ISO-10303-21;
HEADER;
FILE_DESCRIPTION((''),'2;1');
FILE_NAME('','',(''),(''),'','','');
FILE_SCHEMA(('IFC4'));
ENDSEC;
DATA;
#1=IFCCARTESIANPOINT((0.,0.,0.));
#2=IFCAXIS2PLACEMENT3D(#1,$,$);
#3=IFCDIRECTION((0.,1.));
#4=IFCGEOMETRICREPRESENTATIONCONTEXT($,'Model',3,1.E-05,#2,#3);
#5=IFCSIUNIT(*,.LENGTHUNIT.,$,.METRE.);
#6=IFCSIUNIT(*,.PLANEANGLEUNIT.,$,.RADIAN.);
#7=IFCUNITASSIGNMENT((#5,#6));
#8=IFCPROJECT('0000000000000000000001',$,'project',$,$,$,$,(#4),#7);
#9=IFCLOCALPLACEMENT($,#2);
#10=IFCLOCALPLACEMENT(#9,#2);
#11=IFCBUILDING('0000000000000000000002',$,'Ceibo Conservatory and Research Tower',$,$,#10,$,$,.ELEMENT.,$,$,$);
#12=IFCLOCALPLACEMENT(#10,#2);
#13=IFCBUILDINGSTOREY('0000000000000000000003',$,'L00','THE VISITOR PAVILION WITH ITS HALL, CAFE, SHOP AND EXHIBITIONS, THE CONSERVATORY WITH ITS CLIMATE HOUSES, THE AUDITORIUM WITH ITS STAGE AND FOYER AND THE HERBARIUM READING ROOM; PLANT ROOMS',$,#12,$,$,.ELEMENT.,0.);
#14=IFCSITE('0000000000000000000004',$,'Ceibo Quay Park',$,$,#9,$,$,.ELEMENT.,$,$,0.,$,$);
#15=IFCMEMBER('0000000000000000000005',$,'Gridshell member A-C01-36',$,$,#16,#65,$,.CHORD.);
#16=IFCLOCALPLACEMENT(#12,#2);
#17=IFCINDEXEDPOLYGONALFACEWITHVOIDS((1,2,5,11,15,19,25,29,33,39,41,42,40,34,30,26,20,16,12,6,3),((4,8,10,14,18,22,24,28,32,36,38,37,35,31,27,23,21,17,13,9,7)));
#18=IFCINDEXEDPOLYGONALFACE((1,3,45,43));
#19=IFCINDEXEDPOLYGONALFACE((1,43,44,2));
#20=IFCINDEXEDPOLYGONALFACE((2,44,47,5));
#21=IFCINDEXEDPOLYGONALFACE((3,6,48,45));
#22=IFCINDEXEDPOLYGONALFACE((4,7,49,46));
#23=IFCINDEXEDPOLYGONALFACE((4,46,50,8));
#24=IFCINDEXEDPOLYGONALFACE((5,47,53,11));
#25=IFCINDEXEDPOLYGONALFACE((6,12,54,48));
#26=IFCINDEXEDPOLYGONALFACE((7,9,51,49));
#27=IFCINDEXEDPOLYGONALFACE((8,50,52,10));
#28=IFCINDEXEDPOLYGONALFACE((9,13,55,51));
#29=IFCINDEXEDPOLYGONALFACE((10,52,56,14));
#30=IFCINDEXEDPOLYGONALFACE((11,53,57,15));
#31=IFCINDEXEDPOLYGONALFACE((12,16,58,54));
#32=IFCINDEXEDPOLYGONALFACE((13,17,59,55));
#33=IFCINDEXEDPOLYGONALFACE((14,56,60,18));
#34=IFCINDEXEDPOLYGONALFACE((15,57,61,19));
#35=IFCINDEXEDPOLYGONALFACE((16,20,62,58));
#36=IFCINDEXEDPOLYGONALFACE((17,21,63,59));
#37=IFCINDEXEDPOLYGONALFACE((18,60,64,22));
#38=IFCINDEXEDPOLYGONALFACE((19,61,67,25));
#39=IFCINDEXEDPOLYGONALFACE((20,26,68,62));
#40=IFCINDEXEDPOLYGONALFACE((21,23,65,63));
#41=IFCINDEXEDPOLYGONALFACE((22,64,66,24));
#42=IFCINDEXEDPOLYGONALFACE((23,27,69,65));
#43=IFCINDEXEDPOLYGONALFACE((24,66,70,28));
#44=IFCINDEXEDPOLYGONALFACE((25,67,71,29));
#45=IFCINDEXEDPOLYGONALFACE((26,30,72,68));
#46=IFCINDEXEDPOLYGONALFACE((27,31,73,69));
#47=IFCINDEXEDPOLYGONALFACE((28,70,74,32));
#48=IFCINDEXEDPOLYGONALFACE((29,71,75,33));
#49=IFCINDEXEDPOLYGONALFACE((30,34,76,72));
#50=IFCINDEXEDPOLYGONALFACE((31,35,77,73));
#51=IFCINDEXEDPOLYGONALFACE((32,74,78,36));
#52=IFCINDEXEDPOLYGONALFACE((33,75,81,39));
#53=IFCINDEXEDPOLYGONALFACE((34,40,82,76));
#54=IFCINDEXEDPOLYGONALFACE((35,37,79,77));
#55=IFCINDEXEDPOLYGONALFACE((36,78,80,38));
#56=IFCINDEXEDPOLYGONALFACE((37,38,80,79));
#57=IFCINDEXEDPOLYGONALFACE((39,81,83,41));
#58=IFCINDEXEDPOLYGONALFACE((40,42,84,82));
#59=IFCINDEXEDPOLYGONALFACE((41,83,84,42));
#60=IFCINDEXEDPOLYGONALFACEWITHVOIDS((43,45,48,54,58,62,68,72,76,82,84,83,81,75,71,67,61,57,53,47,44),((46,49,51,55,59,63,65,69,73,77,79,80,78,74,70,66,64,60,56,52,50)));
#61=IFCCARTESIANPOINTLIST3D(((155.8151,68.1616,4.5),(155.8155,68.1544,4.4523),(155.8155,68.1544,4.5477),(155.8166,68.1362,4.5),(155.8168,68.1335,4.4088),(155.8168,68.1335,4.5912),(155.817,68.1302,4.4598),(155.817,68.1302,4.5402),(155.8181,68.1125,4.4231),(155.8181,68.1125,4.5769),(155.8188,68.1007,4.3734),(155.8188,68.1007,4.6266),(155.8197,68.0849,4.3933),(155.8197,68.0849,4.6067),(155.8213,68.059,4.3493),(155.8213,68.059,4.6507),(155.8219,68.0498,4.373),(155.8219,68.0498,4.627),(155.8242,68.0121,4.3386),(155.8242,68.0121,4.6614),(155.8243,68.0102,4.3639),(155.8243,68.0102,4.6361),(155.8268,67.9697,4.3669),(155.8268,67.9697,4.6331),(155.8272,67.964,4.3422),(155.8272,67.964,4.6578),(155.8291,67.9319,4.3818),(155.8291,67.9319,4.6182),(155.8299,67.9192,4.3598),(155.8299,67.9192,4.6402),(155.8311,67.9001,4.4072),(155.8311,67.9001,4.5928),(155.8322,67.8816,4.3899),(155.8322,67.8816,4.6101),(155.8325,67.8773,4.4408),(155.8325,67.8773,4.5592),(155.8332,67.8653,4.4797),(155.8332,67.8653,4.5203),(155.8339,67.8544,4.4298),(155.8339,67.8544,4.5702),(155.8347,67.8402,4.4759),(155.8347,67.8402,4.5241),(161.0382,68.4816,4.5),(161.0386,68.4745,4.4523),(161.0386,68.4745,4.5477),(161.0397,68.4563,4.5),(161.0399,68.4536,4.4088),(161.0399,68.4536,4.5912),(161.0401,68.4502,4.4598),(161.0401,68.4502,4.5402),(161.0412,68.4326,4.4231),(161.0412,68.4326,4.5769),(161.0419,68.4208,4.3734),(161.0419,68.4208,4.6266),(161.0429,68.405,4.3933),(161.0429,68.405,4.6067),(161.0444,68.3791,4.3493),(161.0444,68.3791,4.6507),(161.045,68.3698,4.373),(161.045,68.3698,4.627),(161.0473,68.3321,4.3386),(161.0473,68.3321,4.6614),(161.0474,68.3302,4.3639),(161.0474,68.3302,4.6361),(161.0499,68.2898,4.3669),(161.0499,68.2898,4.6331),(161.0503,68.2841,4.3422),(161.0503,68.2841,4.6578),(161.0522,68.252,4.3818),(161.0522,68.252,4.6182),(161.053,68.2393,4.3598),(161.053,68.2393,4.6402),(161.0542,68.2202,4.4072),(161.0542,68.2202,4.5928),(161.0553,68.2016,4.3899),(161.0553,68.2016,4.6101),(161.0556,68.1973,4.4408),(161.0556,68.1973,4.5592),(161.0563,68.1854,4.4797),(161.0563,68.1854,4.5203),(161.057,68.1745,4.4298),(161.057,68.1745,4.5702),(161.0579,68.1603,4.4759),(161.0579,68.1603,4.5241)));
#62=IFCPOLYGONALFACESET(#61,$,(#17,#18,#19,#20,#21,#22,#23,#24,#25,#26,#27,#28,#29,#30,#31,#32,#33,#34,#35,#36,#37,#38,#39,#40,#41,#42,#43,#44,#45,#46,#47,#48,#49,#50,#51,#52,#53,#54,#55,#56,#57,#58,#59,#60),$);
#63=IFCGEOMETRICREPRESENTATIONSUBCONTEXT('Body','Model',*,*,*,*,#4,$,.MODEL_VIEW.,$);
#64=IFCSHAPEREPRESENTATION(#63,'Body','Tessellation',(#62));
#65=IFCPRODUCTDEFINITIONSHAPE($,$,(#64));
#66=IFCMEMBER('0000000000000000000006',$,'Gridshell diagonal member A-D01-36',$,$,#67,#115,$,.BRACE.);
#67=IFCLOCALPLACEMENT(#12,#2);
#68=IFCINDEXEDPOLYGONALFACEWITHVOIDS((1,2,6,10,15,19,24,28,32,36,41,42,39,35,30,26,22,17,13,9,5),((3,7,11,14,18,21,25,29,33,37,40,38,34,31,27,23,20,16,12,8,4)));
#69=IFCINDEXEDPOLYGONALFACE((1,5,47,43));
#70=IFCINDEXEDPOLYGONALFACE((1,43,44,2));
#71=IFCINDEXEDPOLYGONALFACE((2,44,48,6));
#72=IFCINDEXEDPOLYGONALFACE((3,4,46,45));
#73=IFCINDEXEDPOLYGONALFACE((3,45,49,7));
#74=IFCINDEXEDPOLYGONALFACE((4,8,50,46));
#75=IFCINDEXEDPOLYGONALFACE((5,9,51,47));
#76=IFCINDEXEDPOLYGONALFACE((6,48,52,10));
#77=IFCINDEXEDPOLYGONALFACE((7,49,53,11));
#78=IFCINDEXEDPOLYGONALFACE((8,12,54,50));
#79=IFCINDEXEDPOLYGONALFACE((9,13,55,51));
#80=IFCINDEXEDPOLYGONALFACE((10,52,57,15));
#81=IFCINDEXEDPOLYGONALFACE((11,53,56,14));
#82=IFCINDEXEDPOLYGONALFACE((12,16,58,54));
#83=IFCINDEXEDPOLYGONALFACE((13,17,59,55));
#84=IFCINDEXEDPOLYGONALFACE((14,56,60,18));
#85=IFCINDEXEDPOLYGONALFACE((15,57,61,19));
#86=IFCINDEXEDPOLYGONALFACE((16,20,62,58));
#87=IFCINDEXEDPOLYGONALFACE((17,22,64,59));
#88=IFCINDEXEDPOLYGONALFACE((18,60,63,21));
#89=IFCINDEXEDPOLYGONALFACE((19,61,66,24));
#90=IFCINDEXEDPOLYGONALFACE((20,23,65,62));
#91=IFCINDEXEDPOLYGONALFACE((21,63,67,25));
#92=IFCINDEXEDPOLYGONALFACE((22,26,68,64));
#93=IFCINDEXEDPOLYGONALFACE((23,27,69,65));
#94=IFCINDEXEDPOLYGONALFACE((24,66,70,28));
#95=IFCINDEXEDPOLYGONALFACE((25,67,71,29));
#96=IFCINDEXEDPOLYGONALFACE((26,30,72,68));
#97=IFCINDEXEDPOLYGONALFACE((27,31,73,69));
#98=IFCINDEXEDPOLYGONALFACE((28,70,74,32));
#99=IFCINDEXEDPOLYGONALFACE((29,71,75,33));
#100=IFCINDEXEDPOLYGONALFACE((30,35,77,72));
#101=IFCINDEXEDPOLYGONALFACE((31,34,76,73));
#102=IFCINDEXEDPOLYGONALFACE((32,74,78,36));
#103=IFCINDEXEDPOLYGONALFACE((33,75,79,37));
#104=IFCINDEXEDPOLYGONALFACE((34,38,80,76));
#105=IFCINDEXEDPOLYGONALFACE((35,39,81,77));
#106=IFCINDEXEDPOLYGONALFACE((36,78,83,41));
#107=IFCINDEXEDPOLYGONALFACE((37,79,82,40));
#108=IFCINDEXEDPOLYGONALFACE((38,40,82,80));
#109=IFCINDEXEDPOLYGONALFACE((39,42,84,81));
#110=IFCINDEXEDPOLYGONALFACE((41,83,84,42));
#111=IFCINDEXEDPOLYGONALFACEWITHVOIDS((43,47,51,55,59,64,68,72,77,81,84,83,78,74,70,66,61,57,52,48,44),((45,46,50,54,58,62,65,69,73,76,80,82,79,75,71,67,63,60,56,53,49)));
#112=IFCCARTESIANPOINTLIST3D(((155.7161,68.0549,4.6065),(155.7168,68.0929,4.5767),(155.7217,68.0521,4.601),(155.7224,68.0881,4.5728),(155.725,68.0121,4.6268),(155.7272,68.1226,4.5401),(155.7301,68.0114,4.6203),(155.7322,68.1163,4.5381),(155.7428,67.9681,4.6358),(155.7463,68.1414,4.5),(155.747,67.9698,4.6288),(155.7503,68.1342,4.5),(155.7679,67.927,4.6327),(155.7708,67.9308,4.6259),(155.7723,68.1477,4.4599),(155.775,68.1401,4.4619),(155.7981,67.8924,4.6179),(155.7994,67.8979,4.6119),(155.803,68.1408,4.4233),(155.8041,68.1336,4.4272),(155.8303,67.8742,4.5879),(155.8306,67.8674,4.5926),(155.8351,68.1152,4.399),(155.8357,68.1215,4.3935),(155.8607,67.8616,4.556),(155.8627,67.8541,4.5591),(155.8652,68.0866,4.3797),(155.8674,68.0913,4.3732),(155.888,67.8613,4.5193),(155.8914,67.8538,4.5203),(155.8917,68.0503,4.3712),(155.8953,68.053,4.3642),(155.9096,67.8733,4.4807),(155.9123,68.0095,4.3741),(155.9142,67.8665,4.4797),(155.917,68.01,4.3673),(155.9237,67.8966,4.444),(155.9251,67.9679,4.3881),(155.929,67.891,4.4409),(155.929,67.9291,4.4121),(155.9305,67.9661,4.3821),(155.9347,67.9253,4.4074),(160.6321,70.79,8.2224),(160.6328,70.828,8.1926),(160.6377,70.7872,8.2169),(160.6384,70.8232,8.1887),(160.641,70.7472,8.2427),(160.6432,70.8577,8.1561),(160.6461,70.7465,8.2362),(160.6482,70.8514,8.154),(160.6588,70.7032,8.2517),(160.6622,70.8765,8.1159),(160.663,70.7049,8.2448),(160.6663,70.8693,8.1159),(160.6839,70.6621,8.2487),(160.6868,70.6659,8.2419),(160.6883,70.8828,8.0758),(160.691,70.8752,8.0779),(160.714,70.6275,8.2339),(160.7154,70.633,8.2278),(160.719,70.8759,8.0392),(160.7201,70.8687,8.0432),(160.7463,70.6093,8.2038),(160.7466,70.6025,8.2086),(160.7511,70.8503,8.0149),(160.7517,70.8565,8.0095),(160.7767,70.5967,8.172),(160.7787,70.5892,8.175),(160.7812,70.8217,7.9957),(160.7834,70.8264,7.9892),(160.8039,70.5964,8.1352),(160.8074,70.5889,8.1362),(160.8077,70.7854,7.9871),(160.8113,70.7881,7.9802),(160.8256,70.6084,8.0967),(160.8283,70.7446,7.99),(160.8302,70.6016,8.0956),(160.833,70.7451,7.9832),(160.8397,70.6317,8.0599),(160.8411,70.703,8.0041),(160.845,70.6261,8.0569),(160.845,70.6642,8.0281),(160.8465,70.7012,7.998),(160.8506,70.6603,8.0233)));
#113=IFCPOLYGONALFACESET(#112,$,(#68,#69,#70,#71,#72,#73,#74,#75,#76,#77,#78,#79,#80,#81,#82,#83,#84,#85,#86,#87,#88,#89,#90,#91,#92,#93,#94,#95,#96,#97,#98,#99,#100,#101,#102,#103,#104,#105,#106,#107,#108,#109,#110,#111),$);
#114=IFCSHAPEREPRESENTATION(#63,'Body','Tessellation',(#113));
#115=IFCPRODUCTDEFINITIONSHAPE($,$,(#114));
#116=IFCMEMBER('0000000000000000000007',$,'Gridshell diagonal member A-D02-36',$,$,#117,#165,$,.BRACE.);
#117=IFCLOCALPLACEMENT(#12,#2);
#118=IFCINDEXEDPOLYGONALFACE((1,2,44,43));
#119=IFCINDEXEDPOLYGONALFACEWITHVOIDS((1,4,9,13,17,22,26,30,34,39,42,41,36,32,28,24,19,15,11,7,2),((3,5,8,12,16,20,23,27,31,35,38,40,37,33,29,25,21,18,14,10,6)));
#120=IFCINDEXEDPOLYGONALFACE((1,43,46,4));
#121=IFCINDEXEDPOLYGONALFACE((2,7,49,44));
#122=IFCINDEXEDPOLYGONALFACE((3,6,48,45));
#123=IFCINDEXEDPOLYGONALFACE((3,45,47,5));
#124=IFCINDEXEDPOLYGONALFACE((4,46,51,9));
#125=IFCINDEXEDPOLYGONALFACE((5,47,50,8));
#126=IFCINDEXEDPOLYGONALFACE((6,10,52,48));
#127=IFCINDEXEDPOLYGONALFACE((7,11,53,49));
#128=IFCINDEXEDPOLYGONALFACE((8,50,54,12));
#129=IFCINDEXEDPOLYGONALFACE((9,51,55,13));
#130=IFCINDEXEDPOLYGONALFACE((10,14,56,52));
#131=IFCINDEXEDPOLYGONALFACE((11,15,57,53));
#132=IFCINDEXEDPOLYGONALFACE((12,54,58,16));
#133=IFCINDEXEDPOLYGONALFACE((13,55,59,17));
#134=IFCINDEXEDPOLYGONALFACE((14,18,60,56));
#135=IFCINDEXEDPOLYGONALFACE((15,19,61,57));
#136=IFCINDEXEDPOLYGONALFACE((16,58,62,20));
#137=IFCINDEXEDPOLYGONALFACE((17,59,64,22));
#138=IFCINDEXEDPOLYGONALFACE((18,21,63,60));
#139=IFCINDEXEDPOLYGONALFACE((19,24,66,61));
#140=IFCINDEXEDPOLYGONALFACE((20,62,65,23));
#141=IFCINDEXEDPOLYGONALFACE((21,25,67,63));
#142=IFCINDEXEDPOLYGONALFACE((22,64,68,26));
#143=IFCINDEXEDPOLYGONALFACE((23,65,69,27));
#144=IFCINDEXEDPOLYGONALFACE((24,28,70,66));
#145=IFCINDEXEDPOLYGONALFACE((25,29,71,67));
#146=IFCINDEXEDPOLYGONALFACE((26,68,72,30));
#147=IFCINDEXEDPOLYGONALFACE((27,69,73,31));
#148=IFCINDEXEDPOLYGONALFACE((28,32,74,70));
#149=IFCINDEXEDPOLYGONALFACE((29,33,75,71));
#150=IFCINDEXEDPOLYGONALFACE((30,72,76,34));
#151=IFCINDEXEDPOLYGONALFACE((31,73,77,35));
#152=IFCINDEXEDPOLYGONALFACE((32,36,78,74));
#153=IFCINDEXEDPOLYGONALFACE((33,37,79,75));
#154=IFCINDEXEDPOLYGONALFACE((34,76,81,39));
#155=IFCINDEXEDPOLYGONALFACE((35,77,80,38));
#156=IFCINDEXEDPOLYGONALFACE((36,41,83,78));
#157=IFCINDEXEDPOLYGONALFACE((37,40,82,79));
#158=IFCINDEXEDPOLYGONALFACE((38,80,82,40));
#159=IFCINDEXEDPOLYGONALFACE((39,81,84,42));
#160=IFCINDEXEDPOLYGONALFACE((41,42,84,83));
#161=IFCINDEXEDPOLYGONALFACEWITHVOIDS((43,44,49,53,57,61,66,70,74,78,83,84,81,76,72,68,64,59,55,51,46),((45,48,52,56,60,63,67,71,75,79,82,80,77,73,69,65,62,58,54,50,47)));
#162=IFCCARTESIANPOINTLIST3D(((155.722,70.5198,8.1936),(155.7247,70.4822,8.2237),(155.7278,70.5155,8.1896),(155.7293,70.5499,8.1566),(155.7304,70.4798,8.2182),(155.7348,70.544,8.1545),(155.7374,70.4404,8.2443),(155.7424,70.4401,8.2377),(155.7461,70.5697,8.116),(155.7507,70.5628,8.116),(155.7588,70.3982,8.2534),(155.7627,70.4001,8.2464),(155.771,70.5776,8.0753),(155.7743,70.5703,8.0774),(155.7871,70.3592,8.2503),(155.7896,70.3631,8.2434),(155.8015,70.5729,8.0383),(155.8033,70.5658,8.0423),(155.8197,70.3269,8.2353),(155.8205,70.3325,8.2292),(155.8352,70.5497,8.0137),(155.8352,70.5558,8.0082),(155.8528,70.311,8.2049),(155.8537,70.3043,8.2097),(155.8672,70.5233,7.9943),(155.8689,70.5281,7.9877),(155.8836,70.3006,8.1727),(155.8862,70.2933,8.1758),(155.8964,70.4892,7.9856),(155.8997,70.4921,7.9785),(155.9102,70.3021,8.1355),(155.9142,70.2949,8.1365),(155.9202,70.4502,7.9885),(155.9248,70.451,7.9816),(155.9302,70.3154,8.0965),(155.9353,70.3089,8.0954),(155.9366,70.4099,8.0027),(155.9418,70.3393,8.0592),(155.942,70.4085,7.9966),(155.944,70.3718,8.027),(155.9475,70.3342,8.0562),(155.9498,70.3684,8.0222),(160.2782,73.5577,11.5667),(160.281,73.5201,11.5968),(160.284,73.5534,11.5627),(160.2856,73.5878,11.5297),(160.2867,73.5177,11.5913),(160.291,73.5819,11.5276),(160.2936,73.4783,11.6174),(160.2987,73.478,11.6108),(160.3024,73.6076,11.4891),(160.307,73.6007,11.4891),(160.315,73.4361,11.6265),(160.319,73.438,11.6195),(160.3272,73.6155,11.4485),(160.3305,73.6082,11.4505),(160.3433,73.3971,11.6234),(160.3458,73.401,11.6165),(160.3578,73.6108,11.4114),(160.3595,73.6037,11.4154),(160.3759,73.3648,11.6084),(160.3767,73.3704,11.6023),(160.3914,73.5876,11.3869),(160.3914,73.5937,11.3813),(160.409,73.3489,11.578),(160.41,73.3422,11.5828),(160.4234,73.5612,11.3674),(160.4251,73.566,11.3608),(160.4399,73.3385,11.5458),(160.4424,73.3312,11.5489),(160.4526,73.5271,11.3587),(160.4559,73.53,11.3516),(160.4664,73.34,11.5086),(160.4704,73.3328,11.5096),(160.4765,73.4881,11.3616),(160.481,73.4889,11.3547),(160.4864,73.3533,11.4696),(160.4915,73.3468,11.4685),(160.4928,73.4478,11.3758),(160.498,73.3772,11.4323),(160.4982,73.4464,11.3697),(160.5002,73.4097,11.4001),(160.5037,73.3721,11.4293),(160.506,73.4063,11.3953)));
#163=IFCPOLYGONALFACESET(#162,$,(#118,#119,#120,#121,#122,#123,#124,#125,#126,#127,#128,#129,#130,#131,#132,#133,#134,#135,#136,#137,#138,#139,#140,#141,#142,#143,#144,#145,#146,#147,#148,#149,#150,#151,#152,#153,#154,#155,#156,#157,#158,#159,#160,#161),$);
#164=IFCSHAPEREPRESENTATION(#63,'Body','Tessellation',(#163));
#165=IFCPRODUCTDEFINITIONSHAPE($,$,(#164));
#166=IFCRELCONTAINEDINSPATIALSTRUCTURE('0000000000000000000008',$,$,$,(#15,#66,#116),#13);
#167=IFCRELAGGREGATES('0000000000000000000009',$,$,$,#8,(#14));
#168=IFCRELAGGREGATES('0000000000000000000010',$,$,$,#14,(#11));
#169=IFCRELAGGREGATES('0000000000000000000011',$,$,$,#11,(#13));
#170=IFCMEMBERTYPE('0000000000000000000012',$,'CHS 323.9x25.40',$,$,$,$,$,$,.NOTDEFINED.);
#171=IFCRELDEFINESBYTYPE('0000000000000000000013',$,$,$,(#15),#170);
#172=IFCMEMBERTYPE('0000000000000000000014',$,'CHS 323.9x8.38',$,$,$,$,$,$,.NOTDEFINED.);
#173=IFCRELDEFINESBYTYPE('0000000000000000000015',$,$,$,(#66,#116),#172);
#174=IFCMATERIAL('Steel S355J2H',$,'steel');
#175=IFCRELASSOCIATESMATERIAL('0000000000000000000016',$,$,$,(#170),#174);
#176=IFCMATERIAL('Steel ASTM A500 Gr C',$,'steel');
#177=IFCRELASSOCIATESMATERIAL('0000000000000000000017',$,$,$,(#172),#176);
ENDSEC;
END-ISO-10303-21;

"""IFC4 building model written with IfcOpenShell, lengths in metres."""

from ifc_helpers import new_model, si_unit, direction, frame, origin, origin_2d, place, context, subcontext, project, spatial, hollow_circle, extrude, material, material_profile, profile_set, type_object, element, save


model = new_model("IFC4")

# Units and contexts
model_context = context("Model", 3, precision=1e-05, world=origin(), true_north=direction((0.0, 1.0)))
body_context = subcontext(model_context, "Body", "Model", "MODEL_VIEW")
ifc_project = project(units=[si_unit("LENGTHUNIT", "METRE"), si_unit("PLANEANGLEUNIT", "RADIAN")], contexts=[model_context])

# Site, building, storey
site_placement = place(None, origin())
site = spatial("IfcSite", under=ifc_project, at=site_placement, Name="Ceibo Quay Park", CompositionType="ELEMENT", RefElevation=0.0)
building_placement = place(site_placement, origin())
building = spatial("IfcBuilding", under=site, at=building_placement, Name="Ceibo Conservatory and Research Tower", CompositionType="ELEMENT")
storey_placement = place(building_placement, origin())
storey = spatial("IfcBuildingStorey", under=building, at=storey_placement, Name="L00", Description="THE VISITOR PAVILION WITH ITS HALL, CAFE, SHOP AND EXHIBITIONS, THE CONSERVATORY WITH ITS CLIMATE HOUSES, THE AUDITORIUM WITH ITS STAGE AND FOYER AND THE HERBARIUM READING ROOM; PLANT ROOMS", CompositionType="ELEMENT", Elevation=0.0)

# Members
ifc_material_1 = material(Name="Steel ASTM A500 Gr C", Category="steel")
ifc_material_2 = material(Name="Steel S355J2H", Category="steel")
ifc_material_profile_1 = material_profile(ifc_material_2, hollow_circle(Radius=0.1619, WallThickness=0.0254, at=origin_2d()), Name="CHS 323.9x25.40")
ifc_profile_set_1 = profile_set([ifc_material_profile_1], Name="Steel S355J2H")
member_type_1 = type_object("IfcMemberType", Name="CHS 323.9x25.40", PredefinedType="NOTDEFINED", material=ifc_profile_set_1)
member_1_placement = place(storey_placement, frame((155.825, 68.0, 4.5), z_axis=(0.998128, 0.061164, 0.0), x_axis=(-0.061164, 0.998128, 0.0)))
element("IfcMember", 1, at=member_1_placement, inside=storey, type_object=member_type_1, Name="Gridshell member A-C01-36", PredefinedType="CHORD", context=body_context, shape_type="SweptSolid", body=[
    extrude(hollow_circle(Radius=0.1619, WallThickness=0.0254, at=origin_2d()), origin(), (0.0, 0.0, 1.0), 5.2329),
])
ifc_material_profile_2 = material_profile(ifc_material_1, hollow_circle(Radius=0.1619, WallThickness=0.0083, at=origin_2d()), Name="CHS 323.9x8.38")
ifc_profile_set_2 = profile_set([ifc_material_profile_2], Name="Steel ASTM A500 Gr C")
member_type_2 = type_object("IfcMemberType", Name="CHS 323.9x8.38", PredefinedType="NOTDEFINED", material=ifc_profile_set_2)
member_2_placement = place(storey_placement, frame((155.825, 68.0, 4.5), z_axis=(0.7351, 0.408985, 0.540702), x_axis=(-0.486184, 0.873856, 0.0)))
element("IfcMember", 2, at=member_2_placement, inside=storey, type_object=member_type_2, Name="Gridshell diagonal member A-D01-36", PredefinedType="BRACE", context=body_context, shape_type="SweptSolid", body=[
    extrude(hollow_circle(Radius=0.1619, WallThickness=0.0083, at=origin_2d()), origin(), (0.0, 0.0, 1.0), 6.6875),
])
member_3_placement = place(storey_placement, frame((155.8359, 70.4351, 8.116), z_axis=(0.70841, 0.472337, 0.524456), x_axis=(-0.554752, 0.832016, 0.0)))
element("IfcMember", 3, at=member_3_placement, inside=storey, type_object=member_type_2, Name="Gridshell diagonal member A-D02-36", PredefinedType="BRACE", context=body_context, shape_type="SweptSolid", body=[
    extrude(hollow_circle(Radius=0.1619, WallThickness=0.0083, at=origin_2d()), origin(), (0.0, 0.0, 1.0), 6.4316),
])

save(model, "model.ifc")
